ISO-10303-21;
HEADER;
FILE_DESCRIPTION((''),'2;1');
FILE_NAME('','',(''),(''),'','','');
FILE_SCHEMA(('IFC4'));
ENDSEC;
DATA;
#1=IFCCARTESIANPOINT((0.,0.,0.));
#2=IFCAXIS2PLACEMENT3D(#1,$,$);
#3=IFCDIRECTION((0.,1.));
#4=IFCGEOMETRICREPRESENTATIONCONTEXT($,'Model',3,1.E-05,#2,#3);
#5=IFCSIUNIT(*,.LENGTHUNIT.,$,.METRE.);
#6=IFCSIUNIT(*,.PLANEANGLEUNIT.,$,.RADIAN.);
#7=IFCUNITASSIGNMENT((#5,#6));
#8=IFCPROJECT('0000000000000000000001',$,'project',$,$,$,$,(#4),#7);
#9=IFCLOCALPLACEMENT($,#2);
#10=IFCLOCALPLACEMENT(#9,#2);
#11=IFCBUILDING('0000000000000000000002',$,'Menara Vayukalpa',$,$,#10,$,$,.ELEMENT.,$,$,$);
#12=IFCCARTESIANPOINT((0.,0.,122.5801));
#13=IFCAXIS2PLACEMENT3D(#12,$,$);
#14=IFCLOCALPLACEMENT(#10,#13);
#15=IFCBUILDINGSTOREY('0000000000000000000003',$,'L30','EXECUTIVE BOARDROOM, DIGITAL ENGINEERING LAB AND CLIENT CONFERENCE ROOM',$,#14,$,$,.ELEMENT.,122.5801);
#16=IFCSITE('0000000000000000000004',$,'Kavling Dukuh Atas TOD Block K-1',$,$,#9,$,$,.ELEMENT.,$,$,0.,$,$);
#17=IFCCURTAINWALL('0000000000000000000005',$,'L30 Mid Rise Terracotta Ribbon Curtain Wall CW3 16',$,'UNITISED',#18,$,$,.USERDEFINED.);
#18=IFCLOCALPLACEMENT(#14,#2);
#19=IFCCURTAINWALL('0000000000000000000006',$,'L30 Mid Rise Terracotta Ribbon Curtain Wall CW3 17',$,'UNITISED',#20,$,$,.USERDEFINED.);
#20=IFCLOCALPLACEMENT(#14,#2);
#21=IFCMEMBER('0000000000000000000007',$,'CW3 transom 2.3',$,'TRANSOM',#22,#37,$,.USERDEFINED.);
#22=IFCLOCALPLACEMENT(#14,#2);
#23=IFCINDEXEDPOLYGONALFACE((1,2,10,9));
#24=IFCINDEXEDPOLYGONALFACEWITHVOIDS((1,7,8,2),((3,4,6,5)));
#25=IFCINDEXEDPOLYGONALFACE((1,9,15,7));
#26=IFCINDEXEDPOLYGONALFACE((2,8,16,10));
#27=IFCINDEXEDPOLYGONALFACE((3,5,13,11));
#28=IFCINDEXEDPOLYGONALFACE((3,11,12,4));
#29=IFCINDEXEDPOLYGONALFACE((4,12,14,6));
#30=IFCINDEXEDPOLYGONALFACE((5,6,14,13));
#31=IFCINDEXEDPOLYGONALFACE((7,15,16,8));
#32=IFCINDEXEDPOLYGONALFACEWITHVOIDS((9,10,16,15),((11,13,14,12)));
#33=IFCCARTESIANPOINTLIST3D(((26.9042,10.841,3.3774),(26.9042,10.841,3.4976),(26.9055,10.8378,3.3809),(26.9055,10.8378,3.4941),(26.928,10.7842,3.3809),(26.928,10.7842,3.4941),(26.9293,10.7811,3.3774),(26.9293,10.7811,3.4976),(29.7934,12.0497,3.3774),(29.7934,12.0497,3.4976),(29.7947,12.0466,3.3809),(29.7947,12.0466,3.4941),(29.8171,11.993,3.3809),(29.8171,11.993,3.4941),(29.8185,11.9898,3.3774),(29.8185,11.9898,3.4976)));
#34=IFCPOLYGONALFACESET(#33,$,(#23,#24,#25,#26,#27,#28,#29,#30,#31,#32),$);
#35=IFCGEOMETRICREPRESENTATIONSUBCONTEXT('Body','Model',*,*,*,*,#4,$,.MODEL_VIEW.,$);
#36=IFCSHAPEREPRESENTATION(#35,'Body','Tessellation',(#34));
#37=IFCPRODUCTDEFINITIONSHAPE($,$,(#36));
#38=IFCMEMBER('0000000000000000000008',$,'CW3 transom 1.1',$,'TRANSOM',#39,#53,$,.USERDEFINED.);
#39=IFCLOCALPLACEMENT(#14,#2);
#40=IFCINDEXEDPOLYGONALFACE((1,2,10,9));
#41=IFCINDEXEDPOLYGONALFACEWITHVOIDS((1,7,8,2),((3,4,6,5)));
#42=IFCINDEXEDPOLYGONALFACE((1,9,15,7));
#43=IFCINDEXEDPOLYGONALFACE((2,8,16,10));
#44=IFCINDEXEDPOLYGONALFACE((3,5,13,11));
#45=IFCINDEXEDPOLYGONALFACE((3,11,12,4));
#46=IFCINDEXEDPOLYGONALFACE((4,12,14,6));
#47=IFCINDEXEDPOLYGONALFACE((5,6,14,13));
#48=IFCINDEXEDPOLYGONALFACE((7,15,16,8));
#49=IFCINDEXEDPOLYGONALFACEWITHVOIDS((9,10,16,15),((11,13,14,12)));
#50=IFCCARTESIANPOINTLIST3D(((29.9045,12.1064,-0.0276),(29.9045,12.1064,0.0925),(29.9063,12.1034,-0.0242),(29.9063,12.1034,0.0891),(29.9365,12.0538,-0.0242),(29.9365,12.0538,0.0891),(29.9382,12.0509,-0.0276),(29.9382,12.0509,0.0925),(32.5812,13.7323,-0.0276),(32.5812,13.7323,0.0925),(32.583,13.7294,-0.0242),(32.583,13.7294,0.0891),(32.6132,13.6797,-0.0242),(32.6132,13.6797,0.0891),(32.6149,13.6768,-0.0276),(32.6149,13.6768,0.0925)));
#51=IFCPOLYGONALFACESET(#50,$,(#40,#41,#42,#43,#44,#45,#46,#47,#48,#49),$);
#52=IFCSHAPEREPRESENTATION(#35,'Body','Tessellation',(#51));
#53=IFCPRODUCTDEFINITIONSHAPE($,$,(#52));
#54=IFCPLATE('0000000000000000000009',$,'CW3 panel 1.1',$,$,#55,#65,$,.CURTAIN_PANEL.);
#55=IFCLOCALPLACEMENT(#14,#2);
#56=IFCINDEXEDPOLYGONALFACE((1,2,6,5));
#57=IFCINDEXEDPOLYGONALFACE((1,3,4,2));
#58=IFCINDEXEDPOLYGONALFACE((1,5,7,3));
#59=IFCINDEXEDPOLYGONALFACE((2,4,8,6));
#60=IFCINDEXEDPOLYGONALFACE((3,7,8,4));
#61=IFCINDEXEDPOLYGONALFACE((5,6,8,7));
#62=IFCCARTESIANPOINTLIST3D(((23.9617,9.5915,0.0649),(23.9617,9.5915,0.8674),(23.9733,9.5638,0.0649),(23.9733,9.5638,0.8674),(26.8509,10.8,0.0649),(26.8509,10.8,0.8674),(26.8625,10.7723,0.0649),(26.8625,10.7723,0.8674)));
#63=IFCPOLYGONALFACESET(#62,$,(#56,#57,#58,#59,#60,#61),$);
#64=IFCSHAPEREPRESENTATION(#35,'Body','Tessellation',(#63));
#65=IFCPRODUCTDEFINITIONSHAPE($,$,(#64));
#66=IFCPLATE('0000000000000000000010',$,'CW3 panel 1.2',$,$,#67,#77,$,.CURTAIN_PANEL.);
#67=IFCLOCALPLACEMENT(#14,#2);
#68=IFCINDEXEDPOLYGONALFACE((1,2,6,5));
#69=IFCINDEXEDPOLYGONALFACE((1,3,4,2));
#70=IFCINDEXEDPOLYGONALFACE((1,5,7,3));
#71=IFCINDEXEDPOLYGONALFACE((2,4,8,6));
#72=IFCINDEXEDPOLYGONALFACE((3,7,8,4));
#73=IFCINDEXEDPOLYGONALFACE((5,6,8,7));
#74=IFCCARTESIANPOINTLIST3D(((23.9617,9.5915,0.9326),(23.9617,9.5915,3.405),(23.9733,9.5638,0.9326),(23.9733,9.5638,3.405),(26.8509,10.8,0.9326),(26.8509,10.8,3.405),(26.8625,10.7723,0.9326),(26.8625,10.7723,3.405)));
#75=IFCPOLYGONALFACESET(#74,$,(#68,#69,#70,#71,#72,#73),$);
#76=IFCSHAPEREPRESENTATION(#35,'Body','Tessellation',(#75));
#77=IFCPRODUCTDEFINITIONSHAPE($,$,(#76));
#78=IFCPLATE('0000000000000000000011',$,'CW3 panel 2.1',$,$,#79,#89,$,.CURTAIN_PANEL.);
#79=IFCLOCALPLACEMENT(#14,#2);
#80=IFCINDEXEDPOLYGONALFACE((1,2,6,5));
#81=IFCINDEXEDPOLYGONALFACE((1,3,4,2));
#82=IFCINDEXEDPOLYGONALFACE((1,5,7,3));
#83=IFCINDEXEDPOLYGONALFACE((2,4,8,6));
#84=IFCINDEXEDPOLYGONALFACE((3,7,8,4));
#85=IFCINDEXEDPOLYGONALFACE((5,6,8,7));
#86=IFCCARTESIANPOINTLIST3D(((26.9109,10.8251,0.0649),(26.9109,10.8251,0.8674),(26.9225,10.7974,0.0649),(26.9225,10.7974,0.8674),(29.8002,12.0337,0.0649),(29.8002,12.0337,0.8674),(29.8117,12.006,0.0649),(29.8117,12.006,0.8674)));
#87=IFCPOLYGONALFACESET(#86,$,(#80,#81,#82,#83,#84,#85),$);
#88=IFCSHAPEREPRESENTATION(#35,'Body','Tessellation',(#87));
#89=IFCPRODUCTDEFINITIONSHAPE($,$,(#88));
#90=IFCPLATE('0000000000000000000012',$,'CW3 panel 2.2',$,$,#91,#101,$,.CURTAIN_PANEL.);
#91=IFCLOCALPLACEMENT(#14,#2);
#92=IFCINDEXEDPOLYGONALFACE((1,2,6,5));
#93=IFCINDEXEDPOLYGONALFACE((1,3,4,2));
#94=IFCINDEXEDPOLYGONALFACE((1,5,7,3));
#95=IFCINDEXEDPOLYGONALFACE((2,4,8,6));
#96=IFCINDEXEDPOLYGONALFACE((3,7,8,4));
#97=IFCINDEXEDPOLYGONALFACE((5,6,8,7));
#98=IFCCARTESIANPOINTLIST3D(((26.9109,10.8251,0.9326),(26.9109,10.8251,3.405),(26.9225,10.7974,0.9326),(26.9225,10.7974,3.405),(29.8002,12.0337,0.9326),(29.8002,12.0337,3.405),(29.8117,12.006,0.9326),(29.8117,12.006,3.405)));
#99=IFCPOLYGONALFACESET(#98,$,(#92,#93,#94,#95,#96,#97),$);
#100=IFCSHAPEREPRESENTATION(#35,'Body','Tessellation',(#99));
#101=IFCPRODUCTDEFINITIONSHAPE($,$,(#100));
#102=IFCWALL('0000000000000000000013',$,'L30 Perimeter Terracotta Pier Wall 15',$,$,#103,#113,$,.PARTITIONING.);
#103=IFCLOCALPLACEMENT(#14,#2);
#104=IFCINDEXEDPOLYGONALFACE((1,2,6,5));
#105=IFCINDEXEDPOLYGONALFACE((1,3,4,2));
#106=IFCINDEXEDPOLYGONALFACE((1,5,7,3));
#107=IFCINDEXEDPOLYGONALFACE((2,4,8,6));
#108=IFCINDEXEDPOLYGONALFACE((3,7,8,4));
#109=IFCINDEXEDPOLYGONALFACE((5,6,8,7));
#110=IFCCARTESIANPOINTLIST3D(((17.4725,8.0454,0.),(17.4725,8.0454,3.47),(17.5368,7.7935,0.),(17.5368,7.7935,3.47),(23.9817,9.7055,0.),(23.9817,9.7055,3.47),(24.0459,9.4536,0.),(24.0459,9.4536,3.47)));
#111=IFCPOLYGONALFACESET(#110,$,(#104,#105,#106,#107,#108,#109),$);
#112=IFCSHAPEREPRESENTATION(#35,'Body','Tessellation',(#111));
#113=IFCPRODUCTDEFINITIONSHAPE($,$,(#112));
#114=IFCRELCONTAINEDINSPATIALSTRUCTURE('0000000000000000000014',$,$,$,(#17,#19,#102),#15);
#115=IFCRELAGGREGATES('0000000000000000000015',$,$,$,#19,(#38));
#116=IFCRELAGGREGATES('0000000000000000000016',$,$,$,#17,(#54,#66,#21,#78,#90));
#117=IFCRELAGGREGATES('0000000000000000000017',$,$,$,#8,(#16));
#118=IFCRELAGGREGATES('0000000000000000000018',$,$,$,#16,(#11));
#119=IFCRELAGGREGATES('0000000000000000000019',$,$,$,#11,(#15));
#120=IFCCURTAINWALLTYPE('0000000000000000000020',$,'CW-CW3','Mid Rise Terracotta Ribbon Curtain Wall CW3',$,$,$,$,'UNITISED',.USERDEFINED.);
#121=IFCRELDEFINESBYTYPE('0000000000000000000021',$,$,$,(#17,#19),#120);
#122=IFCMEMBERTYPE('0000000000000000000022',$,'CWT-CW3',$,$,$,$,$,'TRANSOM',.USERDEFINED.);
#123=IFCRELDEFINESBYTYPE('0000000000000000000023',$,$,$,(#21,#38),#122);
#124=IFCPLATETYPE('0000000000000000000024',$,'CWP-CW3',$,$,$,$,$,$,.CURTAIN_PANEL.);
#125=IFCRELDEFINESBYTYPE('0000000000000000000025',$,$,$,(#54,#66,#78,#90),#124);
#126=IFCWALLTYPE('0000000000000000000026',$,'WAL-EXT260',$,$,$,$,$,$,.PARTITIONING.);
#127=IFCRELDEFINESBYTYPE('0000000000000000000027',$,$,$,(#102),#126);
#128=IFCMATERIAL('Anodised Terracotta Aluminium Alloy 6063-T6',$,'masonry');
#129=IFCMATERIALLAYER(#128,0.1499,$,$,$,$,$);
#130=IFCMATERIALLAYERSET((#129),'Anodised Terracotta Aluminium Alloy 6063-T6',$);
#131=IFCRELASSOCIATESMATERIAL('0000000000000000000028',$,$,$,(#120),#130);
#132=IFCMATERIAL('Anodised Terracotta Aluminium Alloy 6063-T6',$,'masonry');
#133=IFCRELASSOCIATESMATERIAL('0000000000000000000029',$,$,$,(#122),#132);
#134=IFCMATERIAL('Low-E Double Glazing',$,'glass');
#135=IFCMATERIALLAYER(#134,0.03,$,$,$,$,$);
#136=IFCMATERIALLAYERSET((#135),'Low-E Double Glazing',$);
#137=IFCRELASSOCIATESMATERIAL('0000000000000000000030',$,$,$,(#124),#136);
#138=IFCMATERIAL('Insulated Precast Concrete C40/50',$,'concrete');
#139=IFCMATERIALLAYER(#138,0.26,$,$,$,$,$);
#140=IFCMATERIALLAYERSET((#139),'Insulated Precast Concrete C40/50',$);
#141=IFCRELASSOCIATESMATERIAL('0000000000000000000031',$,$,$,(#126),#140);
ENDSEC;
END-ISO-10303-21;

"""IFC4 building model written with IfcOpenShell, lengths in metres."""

from ifc_helpers import new_model, si_unit, direction, frame, frame_2d, origin, origin_2d, place, context, subcontext, project, spatial, rectangle, hollow_rectangle, extrude, material, layer, layer_set, material_profile, profile_set, type_object, element, aggregate, save


model = new_model("IFC4")

# Units and contexts
model_context = context("Model", 3, precision=1e-05, world=origin(), true_north=direction((0.0, 1.0)))
body_context = subcontext(model_context, "Body", "Model", "MODEL_VIEW")
ifc_project = project(units=[si_unit("LENGTHUNIT", "METRE"), si_unit("PLANEANGLEUNIT", "RADIAN")], contexts=[model_context])

# Site, building, storey
site_placement = place(None, origin())
site = spatial("IfcSite", under=ifc_project, at=site_placement, Name="Kavling Dukuh Atas TOD Block K-1", CompositionType="ELEMENT", RefElevation=0.0)
building_placement = place(site_placement, origin())
building = spatial("IfcBuilding", under=site, at=building_placement, Name="Menara Vayukalpa", CompositionType="ELEMENT")
storey_placement = place(building_placement, frame((0.0, 0.0, 122.5801)))
storey = spatial("IfcBuildingStorey", under=building, at=storey_placement, Name="L30", Description="EXECUTIVE BOARDROOM, DIGITAL ENGINEERING LAB AND CLIENT CONFERENCE ROOM", CompositionType="ELEMENT", Elevation=122.5801)

# Curtain wall
ifc_material_1 = material(Name="Anodised Terracotta Aluminium Alloy 6063-T6", Category="masonry")
ifc_layer_1 = layer(ifc_material_1, 0.1499)
ifc_layer_set_1 = layer_set([ifc_layer_1], Name="Anodised Terracotta Aluminium Alloy 6063-T6")
curtain_wall_type = type_object("IfcCurtainWallType", Name="CW-CW3", Description="Mid Rise Terracotta Ribbon Curtain Wall CW3", ElementType="UNITISED", PredefinedType="USERDEFINED", material=ifc_layer_set_1)
curtain_wall_1_placement = place(storey_placement, origin())
curtain_wall_1 = element("IfcCurtainWall", 1, at=curtain_wall_1_placement, inside=storey, type_object=curtain_wall_type, Name="L30 Mid Rise Terracotta Ribbon Curtain Wall CW3 16", ObjectType="UNITISED", PredefinedType="USERDEFINED")

# Curtain wall
curtain_wall_2_placement = place(storey_placement, origin())
curtain_wall_2 = element("IfcCurtainWall", 2, at=curtain_wall_2_placement, inside=storey, type_object=curtain_wall_type, Name="L30 Mid Rise Terracotta Ribbon Curtain Wall CW3 17", ObjectType="UNITISED", PredefinedType="USERDEFINED")

# Members
ifc_material_2 = material(Name="Anodised Terracotta Aluminium Alloy 6063-T6", Category="masonry")
ifc_material_profile_1 = material_profile(ifc_material_2, hollow_rectangle(XDim=0.0649, YDim=0.1201, WallThickness=0.0034, at=origin_2d()), Name="ALU 65x120x3.5")
ifc_profile_set_1 = profile_set([ifc_material_profile_1], Name="Anodised Terracotta Aluminium Alloy 6063-T6")
member_type_1 = type_object("IfcMemberType", Name="CWT-CW3", ElementType="TRANSOM", PredefinedType="USERDEFINED", material=ifc_profile_set_1)
member_1_placement = place(storey_placement, frame((26.9167, 10.811, 3.4375), z_axis=(0.922518, 0.385955, 0.0), x_axis=(-0.385955, 0.922518, 0.0)))
member_1 = element("IfcMember", 3, at=member_1_placement, type_object=member_type_1, Name="CW3 transom 2.3", ObjectType="TRANSOM", PredefinedType="USERDEFINED", context=body_context, shape_type="SweptSolid", body=[
    extrude(hollow_rectangle(XDim=0.0649, YDim=0.1201, WallThickness=0.0034, at=origin_2d()), origin(), (0.0, 0.0, 1.0), 3.1318),
])
member_2_placement = place(storey_placement, frame((29.9214, 12.0786, 0.0325), z_axis=(0.854674, 0.519165, 0.0), x_axis=(-0.519165, 0.854674, 0.0)))
member_2 = element("IfcMember", 4, at=member_2_placement, type_object=member_type_1, Name="CW3 transom 1.1", ObjectType="TRANSOM", PredefinedType="USERDEFINED", context=body_context, shape_type="SweptSolid", body=[
    extrude(hollow_rectangle(XDim=0.0649, YDim=0.1201, WallThickness=0.0034, at=origin_2d()), origin(), (0.0, 0.0, 1.0), 3.1318),
])
aggregate(curtain_wall_2, [member_2])

# Plates
ifc_material_3 = material(Name="Low-E Double Glazing", Category="glass")
ifc_layer_2 = layer(ifc_material_3, 0.03)
ifc_layer_set_2 = layer_set([ifc_layer_2], Name="Low-E Double Glazing")
plate_type = type_object("IfcPlateType", Name="CWP-CW3", PredefinedType="CURTAIN_PANEL", material=ifc_layer_set_2)
plate_1_placement = place(storey_placement, frame((25.4121, 10.1819, 0.0649), z_axis=(0.0, 0.0, 1.0), x_axis=(0.922543, 0.385894, 0.0)))
plate_1 = element("IfcPlate", 5, at=plate_1_placement, type_object=plate_type, Name="CW3 panel 1.1", PredefinedType="CURTAIN_PANEL", context=body_context, shape_type="SweptSolid", body=[
    extrude(rectangle(XDim=3.1318, YDim=0.03, at=origin_2d()), origin(), (0.0, 0.0, 1.0), 0.8025),
])
plate_2_placement = place(storey_placement, frame((25.4121, 10.1819, 0.9326), z_axis=(0.0, 0.0, 1.0), x_axis=(0.922543, 0.385894, 0.0)))
plate_2 = element("IfcPlate", 6, at=plate_2_placement, type_object=plate_type, Name="CW3 panel 1.2", PredefinedType="CURTAIN_PANEL", context=body_context, shape_type="SweptSolid", body=[
    extrude(rectangle(XDim=3.1318, YDim=0.03, at=origin_2d()), origin(), (0.0, 0.0, 1.0), 2.4724),
])
plate_3_placement = place(storey_placement, frame((28.3613, 11.4155, 0.0649), z_axis=(0.0, 0.0, 1.0), x_axis=(0.922543, 0.385894, 0.0)))
plate_3 = element("IfcPlate", 7, at=plate_3_placement, type_object=plate_type, Name="CW3 panel 2.1", PredefinedType="CURTAIN_PANEL", context=body_context, shape_type="SweptSolid", body=[
    extrude(rectangle(XDim=3.1318, YDim=0.03, at=origin_2d()), origin(), (0.0, 0.0, 1.0), 0.8025),
])
plate_4_placement = place(storey_placement, frame((28.3613, 11.4155, 0.9326), z_axis=(0.0, 0.0, 1.0), x_axis=(0.922543, 0.385894, 0.0)))
plate_4 = element("IfcPlate", 8, at=plate_4_placement, type_object=plate_type, Name="CW3 panel 2.2", PredefinedType="CURTAIN_PANEL", context=body_context, shape_type="SweptSolid", body=[
    extrude(rectangle(XDim=3.1318, YDim=0.03, at=origin_2d()), origin(), (0.0, 0.0, 1.0), 2.4724),
])
aggregate(curtain_wall_1, [plate_1, plate_2, member_1, plate_3, plate_4])

# Wall
ifc_material_4 = material(Name="Insulated Precast Concrete C40/50", Category="concrete")
ifc_layer_3 = layer(ifc_material_4, 0.26)
ifc_layer_set_3 = layer_set([ifc_layer_3], Name="Insulated Precast Concrete C40/50")
wall_type = type_object("IfcWallType", Name="WAL-EXT260", PredefinedType="PARTITIONING", material=ifc_layer_set_3)
wall_placement = place(storey_placement, frame((24.0139, 9.5796, 0.0), z_axis=(0.0, 0.0, 1.0), x_axis=(-0.968981, -0.247134, 0.0)))
element("IfcWall", 9, at=wall_placement, inside=storey, type_object=wall_type, Name="L30 Perimeter Terracotta Pier Wall 15", PredefinedType="PARTITIONING", context=body_context, shape_type="SweptSolid", body=[
    extrude(rectangle(XDim=6.7175, YDim=0.26, at=frame_2d((3.3589, 0.0))), origin(), (0.0, 0.0, 1.0), 3.47),
])

save(model, "model.ifc")
